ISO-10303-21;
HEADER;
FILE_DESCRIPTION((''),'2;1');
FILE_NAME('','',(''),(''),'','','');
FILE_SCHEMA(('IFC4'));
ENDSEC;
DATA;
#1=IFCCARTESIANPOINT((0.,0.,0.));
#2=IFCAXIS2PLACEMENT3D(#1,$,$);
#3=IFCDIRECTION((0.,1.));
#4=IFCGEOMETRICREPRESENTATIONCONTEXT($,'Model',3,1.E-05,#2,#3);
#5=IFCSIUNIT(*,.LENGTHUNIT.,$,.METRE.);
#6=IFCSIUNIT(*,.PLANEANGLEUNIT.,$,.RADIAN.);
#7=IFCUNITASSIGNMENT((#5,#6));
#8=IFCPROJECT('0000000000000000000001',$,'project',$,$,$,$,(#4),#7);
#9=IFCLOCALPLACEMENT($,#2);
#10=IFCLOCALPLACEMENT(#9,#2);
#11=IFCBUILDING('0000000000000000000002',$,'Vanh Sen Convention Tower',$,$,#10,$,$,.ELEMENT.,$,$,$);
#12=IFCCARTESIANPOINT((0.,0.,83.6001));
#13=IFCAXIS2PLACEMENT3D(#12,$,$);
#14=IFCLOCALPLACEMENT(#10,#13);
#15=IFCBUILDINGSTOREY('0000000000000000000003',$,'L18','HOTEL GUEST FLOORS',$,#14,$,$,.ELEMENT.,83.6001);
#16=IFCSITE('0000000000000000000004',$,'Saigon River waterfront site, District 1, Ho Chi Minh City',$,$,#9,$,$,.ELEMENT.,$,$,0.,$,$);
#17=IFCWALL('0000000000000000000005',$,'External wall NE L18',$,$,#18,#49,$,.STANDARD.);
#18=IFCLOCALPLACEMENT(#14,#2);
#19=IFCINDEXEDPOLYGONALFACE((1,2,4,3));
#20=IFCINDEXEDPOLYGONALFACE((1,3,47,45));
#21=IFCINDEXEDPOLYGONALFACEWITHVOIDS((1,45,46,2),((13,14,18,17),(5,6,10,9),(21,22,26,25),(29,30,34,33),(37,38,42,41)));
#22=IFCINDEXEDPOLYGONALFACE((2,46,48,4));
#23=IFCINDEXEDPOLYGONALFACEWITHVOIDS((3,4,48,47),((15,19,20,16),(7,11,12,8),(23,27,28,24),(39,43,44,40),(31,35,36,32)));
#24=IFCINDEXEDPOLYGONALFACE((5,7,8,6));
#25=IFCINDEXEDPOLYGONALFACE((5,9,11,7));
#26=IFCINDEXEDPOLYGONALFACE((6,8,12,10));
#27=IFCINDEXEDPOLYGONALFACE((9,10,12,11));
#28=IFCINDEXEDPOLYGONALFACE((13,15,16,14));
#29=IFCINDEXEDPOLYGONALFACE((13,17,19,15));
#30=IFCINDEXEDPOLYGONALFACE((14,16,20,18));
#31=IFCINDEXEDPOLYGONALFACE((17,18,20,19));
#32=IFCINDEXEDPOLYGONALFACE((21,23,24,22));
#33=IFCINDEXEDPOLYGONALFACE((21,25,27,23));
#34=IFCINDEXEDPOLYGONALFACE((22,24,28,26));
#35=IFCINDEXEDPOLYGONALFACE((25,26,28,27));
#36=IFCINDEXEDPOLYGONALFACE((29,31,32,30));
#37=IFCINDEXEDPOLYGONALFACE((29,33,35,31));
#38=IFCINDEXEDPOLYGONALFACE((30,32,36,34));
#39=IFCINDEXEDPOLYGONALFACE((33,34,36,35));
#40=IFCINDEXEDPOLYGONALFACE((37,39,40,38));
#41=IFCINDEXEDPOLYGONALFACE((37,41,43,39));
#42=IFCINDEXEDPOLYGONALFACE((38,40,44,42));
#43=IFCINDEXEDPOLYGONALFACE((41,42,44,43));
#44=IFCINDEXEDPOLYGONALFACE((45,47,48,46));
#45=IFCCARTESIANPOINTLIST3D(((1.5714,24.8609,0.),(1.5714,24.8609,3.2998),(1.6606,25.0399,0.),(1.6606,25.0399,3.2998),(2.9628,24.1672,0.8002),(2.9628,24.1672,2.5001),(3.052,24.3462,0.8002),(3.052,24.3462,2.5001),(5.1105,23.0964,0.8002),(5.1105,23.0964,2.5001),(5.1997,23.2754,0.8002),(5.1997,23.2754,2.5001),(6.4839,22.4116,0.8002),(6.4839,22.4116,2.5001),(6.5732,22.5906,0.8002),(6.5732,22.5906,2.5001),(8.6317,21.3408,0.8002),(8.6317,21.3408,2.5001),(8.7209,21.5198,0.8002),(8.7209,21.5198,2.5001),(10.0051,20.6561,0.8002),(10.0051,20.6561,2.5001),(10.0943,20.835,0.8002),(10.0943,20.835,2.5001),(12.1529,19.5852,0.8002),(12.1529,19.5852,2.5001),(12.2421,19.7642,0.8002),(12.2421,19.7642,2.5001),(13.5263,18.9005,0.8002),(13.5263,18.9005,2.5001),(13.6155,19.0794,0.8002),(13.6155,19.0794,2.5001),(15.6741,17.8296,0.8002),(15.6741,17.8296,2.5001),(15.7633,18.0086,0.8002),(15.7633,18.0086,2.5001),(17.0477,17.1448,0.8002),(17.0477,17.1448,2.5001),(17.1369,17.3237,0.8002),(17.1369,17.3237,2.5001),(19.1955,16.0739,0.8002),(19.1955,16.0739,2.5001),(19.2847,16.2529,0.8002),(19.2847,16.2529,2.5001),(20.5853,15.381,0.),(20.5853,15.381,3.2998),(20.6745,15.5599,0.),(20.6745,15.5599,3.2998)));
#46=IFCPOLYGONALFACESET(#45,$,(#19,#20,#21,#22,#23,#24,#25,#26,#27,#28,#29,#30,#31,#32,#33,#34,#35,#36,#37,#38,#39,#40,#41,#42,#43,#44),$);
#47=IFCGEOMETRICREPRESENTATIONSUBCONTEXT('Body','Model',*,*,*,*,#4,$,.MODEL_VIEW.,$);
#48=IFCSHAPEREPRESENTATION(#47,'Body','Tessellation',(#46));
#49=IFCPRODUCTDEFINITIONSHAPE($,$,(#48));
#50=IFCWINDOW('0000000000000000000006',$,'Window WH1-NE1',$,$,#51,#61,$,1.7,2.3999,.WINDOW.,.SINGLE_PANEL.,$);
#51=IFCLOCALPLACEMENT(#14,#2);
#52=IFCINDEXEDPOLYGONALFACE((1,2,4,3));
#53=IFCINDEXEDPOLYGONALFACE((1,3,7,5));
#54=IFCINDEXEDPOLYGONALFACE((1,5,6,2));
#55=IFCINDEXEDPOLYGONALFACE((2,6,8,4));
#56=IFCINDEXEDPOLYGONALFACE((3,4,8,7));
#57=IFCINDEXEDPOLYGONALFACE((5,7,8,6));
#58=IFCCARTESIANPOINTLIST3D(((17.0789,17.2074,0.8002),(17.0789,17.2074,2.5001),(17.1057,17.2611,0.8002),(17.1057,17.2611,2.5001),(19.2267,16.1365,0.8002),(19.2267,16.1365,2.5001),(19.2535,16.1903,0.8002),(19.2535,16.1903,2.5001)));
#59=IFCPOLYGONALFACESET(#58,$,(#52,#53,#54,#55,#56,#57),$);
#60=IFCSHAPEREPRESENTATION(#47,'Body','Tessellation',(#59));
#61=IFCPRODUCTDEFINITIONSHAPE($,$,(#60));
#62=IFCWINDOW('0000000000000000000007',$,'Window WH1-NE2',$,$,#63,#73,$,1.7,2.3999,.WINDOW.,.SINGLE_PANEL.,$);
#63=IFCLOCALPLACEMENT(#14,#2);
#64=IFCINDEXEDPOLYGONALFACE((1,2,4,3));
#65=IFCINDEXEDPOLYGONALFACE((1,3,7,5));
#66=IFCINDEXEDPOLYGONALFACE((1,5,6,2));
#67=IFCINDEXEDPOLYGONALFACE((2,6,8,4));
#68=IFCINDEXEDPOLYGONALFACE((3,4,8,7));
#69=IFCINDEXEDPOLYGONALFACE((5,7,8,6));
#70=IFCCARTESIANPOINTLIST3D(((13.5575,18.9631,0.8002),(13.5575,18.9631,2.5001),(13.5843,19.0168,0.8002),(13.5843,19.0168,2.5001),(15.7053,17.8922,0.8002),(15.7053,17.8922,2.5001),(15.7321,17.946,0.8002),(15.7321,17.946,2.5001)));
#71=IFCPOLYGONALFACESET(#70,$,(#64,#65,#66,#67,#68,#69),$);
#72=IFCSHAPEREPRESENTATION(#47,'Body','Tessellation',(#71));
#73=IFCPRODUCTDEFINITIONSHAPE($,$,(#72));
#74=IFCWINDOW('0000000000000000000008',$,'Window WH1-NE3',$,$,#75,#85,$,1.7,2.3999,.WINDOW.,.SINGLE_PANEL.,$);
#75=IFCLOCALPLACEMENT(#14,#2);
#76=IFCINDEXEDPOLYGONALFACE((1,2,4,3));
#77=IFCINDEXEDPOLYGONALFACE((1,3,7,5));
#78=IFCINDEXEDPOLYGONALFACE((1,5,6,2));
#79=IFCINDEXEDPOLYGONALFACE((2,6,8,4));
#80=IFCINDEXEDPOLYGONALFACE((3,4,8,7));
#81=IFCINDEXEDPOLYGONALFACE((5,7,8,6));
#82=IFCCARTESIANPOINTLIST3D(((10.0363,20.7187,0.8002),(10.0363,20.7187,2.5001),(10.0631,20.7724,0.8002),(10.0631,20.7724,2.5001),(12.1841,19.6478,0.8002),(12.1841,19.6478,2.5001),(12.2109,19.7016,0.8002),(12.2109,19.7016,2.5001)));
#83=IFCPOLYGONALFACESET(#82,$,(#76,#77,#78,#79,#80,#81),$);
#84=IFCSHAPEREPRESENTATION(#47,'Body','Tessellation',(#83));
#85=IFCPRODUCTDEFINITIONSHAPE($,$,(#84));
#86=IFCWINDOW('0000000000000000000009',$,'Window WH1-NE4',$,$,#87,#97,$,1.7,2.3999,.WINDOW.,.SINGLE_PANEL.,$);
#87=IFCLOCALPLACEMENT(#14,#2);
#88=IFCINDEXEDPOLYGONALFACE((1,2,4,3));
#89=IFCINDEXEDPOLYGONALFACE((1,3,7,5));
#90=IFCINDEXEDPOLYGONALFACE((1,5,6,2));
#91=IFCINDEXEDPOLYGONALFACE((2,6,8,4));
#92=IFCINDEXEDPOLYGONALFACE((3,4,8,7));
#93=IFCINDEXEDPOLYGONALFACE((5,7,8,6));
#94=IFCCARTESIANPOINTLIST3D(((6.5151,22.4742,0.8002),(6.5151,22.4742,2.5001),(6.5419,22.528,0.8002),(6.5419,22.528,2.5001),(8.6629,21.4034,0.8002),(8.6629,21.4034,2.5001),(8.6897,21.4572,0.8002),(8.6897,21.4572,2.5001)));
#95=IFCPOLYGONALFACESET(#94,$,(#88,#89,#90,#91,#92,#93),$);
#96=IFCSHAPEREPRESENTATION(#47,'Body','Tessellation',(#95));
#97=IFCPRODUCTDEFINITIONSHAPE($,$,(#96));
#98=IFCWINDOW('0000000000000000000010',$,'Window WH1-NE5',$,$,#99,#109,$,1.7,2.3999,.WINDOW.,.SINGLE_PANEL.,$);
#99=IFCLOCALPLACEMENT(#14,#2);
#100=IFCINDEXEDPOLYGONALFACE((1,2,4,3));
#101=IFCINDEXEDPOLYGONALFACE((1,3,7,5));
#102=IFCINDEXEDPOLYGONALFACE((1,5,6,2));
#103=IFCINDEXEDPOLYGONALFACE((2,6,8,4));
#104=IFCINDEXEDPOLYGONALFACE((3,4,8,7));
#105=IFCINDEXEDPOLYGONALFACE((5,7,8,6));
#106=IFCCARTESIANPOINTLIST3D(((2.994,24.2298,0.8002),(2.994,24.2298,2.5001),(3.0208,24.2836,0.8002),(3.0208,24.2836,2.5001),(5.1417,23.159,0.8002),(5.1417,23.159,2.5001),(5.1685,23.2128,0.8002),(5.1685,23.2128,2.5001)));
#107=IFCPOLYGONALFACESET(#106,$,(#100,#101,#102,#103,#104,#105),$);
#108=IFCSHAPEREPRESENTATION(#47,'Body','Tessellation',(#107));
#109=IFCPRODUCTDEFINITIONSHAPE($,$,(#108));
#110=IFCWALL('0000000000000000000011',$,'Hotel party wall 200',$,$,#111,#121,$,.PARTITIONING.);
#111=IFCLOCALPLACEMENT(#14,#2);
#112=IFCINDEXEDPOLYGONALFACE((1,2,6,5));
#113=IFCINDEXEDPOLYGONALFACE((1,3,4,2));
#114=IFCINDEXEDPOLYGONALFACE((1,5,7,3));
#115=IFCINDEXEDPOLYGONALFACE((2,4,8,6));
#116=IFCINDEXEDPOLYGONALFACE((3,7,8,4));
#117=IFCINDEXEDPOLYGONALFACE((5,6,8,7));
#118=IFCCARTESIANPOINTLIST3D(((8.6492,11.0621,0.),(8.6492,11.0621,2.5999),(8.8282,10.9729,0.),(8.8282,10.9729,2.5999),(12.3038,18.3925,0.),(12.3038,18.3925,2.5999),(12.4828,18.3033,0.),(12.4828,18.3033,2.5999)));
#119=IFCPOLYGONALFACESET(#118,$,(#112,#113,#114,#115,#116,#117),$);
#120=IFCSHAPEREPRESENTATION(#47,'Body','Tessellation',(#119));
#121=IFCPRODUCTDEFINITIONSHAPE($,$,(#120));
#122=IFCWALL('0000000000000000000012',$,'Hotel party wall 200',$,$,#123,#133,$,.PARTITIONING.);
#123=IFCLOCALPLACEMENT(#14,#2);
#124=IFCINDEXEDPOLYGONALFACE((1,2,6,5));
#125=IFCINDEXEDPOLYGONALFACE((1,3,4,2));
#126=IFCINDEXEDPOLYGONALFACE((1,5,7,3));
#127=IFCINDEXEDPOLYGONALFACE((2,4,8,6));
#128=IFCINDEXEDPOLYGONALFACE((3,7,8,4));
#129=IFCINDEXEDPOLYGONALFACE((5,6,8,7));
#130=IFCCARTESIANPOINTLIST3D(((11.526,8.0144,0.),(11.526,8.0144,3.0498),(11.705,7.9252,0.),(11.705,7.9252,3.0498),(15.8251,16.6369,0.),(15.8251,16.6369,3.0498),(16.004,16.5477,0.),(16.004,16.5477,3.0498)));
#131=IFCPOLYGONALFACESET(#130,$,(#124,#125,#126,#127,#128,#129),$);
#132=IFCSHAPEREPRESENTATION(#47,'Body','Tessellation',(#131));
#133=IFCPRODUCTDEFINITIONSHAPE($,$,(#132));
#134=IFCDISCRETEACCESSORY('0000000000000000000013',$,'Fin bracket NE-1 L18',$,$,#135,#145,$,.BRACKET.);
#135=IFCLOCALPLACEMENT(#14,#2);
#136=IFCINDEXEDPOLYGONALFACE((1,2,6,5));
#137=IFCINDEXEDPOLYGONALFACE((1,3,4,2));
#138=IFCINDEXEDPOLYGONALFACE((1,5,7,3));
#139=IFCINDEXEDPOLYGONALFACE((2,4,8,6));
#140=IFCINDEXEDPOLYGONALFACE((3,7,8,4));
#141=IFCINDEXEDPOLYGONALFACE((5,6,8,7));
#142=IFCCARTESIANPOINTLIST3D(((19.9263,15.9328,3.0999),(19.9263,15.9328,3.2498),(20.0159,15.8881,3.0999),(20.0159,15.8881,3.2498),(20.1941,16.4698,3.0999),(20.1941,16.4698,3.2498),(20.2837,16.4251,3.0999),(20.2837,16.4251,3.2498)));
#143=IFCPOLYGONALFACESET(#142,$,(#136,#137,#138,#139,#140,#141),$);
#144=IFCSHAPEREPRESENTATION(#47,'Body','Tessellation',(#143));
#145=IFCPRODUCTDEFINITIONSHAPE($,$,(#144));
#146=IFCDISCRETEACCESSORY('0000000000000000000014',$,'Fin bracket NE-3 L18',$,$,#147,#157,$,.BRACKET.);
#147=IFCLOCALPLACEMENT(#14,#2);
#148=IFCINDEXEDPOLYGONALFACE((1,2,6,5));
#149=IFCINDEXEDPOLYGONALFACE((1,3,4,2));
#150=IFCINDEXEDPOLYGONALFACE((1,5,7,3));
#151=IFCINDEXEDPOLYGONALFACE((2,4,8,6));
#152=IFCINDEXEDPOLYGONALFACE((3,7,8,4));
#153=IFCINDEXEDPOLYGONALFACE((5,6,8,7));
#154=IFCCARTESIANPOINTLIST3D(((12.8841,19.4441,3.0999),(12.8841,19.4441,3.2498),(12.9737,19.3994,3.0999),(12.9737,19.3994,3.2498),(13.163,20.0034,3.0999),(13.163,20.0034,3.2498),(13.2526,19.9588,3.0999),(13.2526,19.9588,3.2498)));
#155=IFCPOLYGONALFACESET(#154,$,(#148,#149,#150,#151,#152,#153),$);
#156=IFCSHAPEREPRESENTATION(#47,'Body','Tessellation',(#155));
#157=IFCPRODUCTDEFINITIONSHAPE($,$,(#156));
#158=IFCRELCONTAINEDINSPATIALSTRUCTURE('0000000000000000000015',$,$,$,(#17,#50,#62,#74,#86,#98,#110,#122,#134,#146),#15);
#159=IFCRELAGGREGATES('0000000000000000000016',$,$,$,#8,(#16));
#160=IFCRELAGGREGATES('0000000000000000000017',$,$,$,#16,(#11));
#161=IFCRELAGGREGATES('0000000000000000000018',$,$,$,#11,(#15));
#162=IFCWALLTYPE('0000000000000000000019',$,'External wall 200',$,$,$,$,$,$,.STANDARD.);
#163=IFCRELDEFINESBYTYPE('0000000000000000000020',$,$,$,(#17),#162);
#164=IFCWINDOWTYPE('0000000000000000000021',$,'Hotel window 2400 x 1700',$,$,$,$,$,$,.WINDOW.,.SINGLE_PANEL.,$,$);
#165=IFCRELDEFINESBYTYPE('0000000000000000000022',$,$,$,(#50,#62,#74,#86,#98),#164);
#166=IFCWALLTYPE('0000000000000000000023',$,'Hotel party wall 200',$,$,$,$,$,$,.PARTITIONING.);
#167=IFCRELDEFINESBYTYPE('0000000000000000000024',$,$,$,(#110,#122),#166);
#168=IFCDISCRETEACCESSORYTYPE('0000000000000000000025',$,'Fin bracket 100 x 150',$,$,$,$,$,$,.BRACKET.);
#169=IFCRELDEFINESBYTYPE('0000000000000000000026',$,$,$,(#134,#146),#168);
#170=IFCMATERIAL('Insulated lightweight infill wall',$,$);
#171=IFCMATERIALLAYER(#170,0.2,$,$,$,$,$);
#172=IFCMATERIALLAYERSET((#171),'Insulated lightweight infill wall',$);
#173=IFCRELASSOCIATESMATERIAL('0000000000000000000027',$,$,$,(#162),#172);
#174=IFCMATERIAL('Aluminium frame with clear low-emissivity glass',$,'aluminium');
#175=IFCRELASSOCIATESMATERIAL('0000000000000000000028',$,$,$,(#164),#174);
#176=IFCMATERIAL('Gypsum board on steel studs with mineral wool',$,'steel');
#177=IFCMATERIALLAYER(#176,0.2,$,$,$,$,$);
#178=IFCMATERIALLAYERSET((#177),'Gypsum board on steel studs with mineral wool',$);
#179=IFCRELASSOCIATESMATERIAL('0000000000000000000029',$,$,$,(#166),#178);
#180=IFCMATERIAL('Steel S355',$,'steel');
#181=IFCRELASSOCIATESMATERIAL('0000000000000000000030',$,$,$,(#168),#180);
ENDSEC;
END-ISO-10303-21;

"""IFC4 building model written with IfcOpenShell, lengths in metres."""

from ifc_helpers import new_model, si_unit, direction, frame, frame_2d, origin, origin_2d, place, context, subcontext, project, spatial, rectangle, extrude, material, layer, layer_set, type_object, element, fill, save


model = new_model("IFC4")

# Units and contexts
model_context = context("Model", 3, precision=1e-05, world=origin(), true_north=direction((0.0, 1.0)))
body_context = subcontext(model_context, "Body", "Model", "MODEL_VIEW")
ifc_project = project(units=[si_unit("LENGTHUNIT", "METRE"), si_unit("PLANEANGLEUNIT", "RADIAN")], contexts=[model_context])

# Site, building, storey
site_placement = place(None, origin())
site = spatial("IfcSite", under=ifc_project, at=site_placement, Name="Saigon River waterfront site, District 1, Ho Chi Minh City", CompositionType="ELEMENT", RefElevation=0.0)
building_placement = place(site_placement, origin())
building = spatial("IfcBuilding", under=site, at=building_placement, Name="Vanh Sen Convention Tower", CompositionType="ELEMENT")
storey_placement = place(building_placement, frame((0.0, 0.0, 83.6001)))
storey = spatial("IfcBuildingStorey", under=building, at=storey_placement, Name="L18", Description="HOTEL GUEST FLOORS", CompositionType="ELEMENT", Elevation=83.6001)

# Shared definitions
ifc_material_1 = material(Name="Insulated lightweight infill wall")
ifc_layer_1 = layer(ifc_material_1, 0.2)
ifc_layer_set_1 = layer_set([ifc_layer_1], Name="Insulated lightweight infill wall")
wall_type_1 = type_object("IfcWallType", Name="External wall 200", PredefinedType="STANDARD", material=ifc_layer_set_1)
ifc_material_2 = material(Name="Aluminium frame with clear low-emissivity glass", Category="aluminium")

# Wall, openings, windows
wall_1_placement = place(storey_placement, frame((20.6299, 15.4705, 0.0), z_axis=(0.0, 0.0, 1.0), x_axis=(-0.894935, 0.446197, 0.0)))
wall_1 = element("IfcWall", 1, at=wall_1_placement, inside=storey, type_object=wall_type_1, Name="External wall NE L18", PredefinedType="STANDARD", context=body_context, shape_type="SweptSolid", body=[
    extrude(rectangle(XDim=21.2461, YDim=0.2, at=frame_2d((10.623, 0.0))), origin(), (0.0, 0.0, 1.0), 3.2998),
])
opening_1_placement = place(wall_1_placement, frame((1.553, 0.0, 0.8)))
opening_1 = element("IfcOpeningElement", 2, at=opening_1_placement, cuts=wall_1, PredefinedType="OPENING", context=body_context, shape_type="SweptSolid", body=[
    extrude(rectangle(XDim=2.3999, YDim=1.7, at=frame_2d((1.2, 0.8501))), frame((0.0, 0.1099, 0.0), z_axis=(0.0, -1.0, 0.0), x_axis=(1.0, 0.0, 0.0)), (0.0, 0.0, 1.0), 0.22),
])
opening_2_placement = place(wall_1_placement, frame((5.4878, 0.0, 0.8)))
opening_2 = element("IfcOpeningElement", 3, at=opening_2_placement, cuts=wall_1, PredefinedType="OPENING", context=body_context, shape_type="SweptSolid", body=[
    extrude(rectangle(XDim=2.3999, YDim=1.7, at=frame_2d((1.2, 0.8501))), frame((0.0, 0.1099, 0.0), z_axis=(0.0, -1.0, 0.0), x_axis=(1.0, 0.0, 0.0)), (0.0, 0.0, 1.0), 0.22),
])
opening_3_placement = place(wall_1_placement, frame((9.4224, 0.0, 0.8)))
opening_3 = element("IfcOpeningElement", 4, at=opening_3_placement, cuts=wall_1, PredefinedType="OPENING", context=body_context, shape_type="SweptSolid", body=[
    extrude(rectangle(XDim=2.3999, YDim=1.7, at=frame_2d((1.2, 0.8501))), frame((0.0, 0.1099, 0.0), z_axis=(0.0, -1.0, 0.0), x_axis=(1.0, 0.0, 0.0)), (0.0, 0.0, 1.0), 0.22),
])
opening_4_placement = place(wall_1_placement, frame((13.3569, 0.0, 0.8)))
opening_4 = element("IfcOpeningElement", 5, at=opening_4_placement, cuts=wall_1, PredefinedType="OPENING", context=body_context, shape_type="SweptSolid", body=[
    extrude(rectangle(XDim=2.3999, YDim=1.7, at=frame_2d((1.2, 0.8501))), frame((0.0, 0.1099, 0.0), z_axis=(0.0, -1.0, 0.0), x_axis=(1.0, 0.0, 0.0)), (0.0, 0.0, 1.0), 0.22),
])
opening_5_placement = place(wall_1_placement, frame((17.2915, 0.0, 0.8)))
opening_5 = element("IfcOpeningElement", 6, at=opening_5_placement, cuts=wall_1, PredefinedType="OPENING", context=body_context, shape_type="SweptSolid", body=[
    extrude(rectangle(XDim=2.3999, YDim=1.7, at=frame_2d((1.2, 0.8501))), frame((0.0, 0.1099, 0.0), z_axis=(0.0, -1.0, 0.0), x_axis=(1.0, 0.0, 0.0)), (0.0, 0.0, 1.0), 0.22),
])
window_type_1 = type_object("IfcWindowType", Name="Hotel window 2400 x 1700", PartitioningType="SINGLE_PANEL", PredefinedType="WINDOW", material=ifc_material_2)
window_1_placement = place(opening_1_placement, origin())
window_1 = element("IfcWindow", 7, at=window_1_placement, inside=storey, type_object=window_type_1, Name="Window WH1-NE1", OverallHeight=1.7, OverallWidth=2.3999, PartitioningType="SINGLE_PANEL", PredefinedType="WINDOW", context=body_context, shape_type="SweptSolid", body=[
    extrude(rectangle(XDim=2.3999, YDim=1.7, at=frame_2d((1.2, 0.8501))), frame((0.0, 0.03, 0.0), z_axis=(0.0, -1.0, 0.0), x_axis=(1.0, 0.0, 0.0)), (0.0, 0.0, 1.0), 0.0601),
])
fill(opening_1, window_1)
window_2_placement = place(opening_2_placement, origin())
window_2 = element("IfcWindow", 8, at=window_2_placement, inside=storey, type_object=window_type_1, Name="Window WH1-NE2", OverallHeight=1.7, OverallWidth=2.3999, PartitioningType="SINGLE_PANEL", PredefinedType="WINDOW", context=body_context, shape_type="SweptSolid", body=[
    extrude(rectangle(XDim=2.3999, YDim=1.7, at=frame_2d((1.2, 0.8501))), frame((0.0, 0.03, 0.0), z_axis=(0.0, -1.0, 0.0), x_axis=(1.0, 0.0, 0.0)), (0.0, 0.0, 1.0), 0.0601),
])
fill(opening_2, window_2)
window_3_placement = place(opening_3_placement, origin())
window_3 = element("IfcWindow", 9, at=window_3_placement, inside=storey, type_object=window_type_1, Name="Window WH1-NE3", OverallHeight=1.7, OverallWidth=2.3999, PartitioningType="SINGLE_PANEL", PredefinedType="WINDOW", context=body_context, shape_type="SweptSolid", body=[
    extrude(rectangle(XDim=2.3999, YDim=1.7, at=frame_2d((1.2, 0.8501))), frame((0.0, 0.03, 0.0), z_axis=(0.0, -1.0, 0.0), x_axis=(1.0, 0.0, 0.0)), (0.0, 0.0, 1.0), 0.0601),
])
fill(opening_3, window_3)
window_4_placement = place(opening_4_placement, origin())
window_4 = element("IfcWindow", 10, at=window_4_placement, inside=storey, type_object=window_type_1, Name="Window WH1-NE4", OverallHeight=1.7, OverallWidth=2.3999, PartitioningType="SINGLE_PANEL", PredefinedType="WINDOW", context=body_context, shape_type="SweptSolid", body=[
    extrude(rectangle(XDim=2.3999, YDim=1.7, at=frame_2d((1.2, 0.8501))), frame((0.0, 0.03, 0.0), z_axis=(0.0, -1.0, 0.0), x_axis=(1.0, 0.0, 0.0)), (0.0, 0.0, 1.0), 0.0601),
])
fill(opening_4, window_4)
window_5_placement = place(opening_5_placement, origin())
window_5 = element("IfcWindow", 11, at=window_5_placement, inside=storey, type_object=window_type_1, Name="Window WH1-NE5", OverallHeight=1.7, OverallWidth=2.3999, PartitioningType="SINGLE_PANEL", PredefinedType="WINDOW", context=body_context, shape_type="SweptSolid", body=[
    extrude(rectangle(XDim=2.3999, YDim=1.7, at=frame_2d((1.2, 0.8501))), frame((0.0, 0.03, 0.0), z_axis=(0.0, -1.0, 0.0), x_axis=(1.0, 0.0, 0.0)), (0.0, 0.0, 1.0), 0.0601),
])
fill(opening_5, window_5)

# Walls
ifc_material_3 = material(Name="Gypsum board on steel studs with mineral wool", Category="steel")
ifc_layer_2 = layer(ifc_material_3, 0.2)
ifc_layer_set_2 = layer_set([ifc_layer_2], Name="Gypsum board on steel studs with mineral wool")
wall_type_2 = type_object("IfcWallType", Name="Hotel party wall 200", PredefinedType="PARTITIONING", material=ifc_layer_set_2)
wall_2_placement = place(storey_placement, frame((12.3933, 18.3479, 0.0), z_axis=(0.0, 0.0, 1.0), x_axis=(-0.446176, -0.894945, 0.0)))
element("IfcWall", 12, at=wall_2_placement, inside=storey, type_object=wall_type_2, Name="Hotel party wall 200", PredefinedType="PARTITIONING", context=body_context, shape_type="SweptSolid", body=[
    extrude(rectangle(XDim=8.1909, YDim=0.2, at=frame_2d((4.0955, 0.0))), origin(), (0.0, 0.0, 1.0), 2.5999),
])
wall_3_placement = place(storey_placement, frame((15.9146, 16.5923, 0.0), z_axis=(0.0, 0.0, 1.0), x_axis=(-0.4462, -0.894933, 0.0)))
element("IfcWall", 13, at=wall_3_placement, inside=storey, type_object=wall_type_2, Name="Hotel party wall 200", PredefinedType="PARTITIONING", context=body_context, shape_type="SweptSolid", body=[
    extrude(rectangle(XDim=9.6348, YDim=0.2, at=frame_2d((4.8174, 0.0))), origin(), (0.0, 0.0, 1.0), 3.0498),
])

# Discrete accessories
ifc_material_4 = material(Name="Steel S355", Category="steel")
discrete_accessory_type = type_object("IfcDiscreteAccessoryType", Name="Fin bracket 100 x 150", PredefinedType="BRACKET", material=ifc_material_4)
discrete_accessory_1_placement = place(storey_placement, frame((20.105, 16.179, 3.0999), z_axis=(0.0, 0.0, 1.0), x_axis=(0.446198, 0.894934, 0.0)))
element("IfcDiscreteAccessory", 14, at=discrete_accessory_1_placement, inside=storey, type_object=discrete_accessory_type, Name="Fin bracket NE-1 L18", PredefinedType="BRACKET", context=body_context, shape_type="SweptSolid", body=[
    extrude(rectangle(XDim=0.6001, YDim=0.1001, at=origin_2d()), origin(), (0.0, 0.0, 1.0), 0.1499),
])
discrete_accessory_2_placement = place(storey_placement, frame((13.0684, 19.7014, 3.0999), z_axis=(0.0, 0.0, 1.0), x_axis=(0.446198, 0.894934, 0.0)))
element("IfcDiscreteAccessory", 15, at=discrete_accessory_2_placement, inside=storey, type_object=discrete_accessory_type, Name="Fin bracket NE-3 L18", PredefinedType="BRACKET", context=body_context, shape_type="SweptSolid", body=[
    extrude(rectangle(XDim=0.625, YDim=0.1001, at=origin_2d()), origin(), (0.0, 0.0, 1.0), 0.1499),
])

save(model, "model.ifc")
